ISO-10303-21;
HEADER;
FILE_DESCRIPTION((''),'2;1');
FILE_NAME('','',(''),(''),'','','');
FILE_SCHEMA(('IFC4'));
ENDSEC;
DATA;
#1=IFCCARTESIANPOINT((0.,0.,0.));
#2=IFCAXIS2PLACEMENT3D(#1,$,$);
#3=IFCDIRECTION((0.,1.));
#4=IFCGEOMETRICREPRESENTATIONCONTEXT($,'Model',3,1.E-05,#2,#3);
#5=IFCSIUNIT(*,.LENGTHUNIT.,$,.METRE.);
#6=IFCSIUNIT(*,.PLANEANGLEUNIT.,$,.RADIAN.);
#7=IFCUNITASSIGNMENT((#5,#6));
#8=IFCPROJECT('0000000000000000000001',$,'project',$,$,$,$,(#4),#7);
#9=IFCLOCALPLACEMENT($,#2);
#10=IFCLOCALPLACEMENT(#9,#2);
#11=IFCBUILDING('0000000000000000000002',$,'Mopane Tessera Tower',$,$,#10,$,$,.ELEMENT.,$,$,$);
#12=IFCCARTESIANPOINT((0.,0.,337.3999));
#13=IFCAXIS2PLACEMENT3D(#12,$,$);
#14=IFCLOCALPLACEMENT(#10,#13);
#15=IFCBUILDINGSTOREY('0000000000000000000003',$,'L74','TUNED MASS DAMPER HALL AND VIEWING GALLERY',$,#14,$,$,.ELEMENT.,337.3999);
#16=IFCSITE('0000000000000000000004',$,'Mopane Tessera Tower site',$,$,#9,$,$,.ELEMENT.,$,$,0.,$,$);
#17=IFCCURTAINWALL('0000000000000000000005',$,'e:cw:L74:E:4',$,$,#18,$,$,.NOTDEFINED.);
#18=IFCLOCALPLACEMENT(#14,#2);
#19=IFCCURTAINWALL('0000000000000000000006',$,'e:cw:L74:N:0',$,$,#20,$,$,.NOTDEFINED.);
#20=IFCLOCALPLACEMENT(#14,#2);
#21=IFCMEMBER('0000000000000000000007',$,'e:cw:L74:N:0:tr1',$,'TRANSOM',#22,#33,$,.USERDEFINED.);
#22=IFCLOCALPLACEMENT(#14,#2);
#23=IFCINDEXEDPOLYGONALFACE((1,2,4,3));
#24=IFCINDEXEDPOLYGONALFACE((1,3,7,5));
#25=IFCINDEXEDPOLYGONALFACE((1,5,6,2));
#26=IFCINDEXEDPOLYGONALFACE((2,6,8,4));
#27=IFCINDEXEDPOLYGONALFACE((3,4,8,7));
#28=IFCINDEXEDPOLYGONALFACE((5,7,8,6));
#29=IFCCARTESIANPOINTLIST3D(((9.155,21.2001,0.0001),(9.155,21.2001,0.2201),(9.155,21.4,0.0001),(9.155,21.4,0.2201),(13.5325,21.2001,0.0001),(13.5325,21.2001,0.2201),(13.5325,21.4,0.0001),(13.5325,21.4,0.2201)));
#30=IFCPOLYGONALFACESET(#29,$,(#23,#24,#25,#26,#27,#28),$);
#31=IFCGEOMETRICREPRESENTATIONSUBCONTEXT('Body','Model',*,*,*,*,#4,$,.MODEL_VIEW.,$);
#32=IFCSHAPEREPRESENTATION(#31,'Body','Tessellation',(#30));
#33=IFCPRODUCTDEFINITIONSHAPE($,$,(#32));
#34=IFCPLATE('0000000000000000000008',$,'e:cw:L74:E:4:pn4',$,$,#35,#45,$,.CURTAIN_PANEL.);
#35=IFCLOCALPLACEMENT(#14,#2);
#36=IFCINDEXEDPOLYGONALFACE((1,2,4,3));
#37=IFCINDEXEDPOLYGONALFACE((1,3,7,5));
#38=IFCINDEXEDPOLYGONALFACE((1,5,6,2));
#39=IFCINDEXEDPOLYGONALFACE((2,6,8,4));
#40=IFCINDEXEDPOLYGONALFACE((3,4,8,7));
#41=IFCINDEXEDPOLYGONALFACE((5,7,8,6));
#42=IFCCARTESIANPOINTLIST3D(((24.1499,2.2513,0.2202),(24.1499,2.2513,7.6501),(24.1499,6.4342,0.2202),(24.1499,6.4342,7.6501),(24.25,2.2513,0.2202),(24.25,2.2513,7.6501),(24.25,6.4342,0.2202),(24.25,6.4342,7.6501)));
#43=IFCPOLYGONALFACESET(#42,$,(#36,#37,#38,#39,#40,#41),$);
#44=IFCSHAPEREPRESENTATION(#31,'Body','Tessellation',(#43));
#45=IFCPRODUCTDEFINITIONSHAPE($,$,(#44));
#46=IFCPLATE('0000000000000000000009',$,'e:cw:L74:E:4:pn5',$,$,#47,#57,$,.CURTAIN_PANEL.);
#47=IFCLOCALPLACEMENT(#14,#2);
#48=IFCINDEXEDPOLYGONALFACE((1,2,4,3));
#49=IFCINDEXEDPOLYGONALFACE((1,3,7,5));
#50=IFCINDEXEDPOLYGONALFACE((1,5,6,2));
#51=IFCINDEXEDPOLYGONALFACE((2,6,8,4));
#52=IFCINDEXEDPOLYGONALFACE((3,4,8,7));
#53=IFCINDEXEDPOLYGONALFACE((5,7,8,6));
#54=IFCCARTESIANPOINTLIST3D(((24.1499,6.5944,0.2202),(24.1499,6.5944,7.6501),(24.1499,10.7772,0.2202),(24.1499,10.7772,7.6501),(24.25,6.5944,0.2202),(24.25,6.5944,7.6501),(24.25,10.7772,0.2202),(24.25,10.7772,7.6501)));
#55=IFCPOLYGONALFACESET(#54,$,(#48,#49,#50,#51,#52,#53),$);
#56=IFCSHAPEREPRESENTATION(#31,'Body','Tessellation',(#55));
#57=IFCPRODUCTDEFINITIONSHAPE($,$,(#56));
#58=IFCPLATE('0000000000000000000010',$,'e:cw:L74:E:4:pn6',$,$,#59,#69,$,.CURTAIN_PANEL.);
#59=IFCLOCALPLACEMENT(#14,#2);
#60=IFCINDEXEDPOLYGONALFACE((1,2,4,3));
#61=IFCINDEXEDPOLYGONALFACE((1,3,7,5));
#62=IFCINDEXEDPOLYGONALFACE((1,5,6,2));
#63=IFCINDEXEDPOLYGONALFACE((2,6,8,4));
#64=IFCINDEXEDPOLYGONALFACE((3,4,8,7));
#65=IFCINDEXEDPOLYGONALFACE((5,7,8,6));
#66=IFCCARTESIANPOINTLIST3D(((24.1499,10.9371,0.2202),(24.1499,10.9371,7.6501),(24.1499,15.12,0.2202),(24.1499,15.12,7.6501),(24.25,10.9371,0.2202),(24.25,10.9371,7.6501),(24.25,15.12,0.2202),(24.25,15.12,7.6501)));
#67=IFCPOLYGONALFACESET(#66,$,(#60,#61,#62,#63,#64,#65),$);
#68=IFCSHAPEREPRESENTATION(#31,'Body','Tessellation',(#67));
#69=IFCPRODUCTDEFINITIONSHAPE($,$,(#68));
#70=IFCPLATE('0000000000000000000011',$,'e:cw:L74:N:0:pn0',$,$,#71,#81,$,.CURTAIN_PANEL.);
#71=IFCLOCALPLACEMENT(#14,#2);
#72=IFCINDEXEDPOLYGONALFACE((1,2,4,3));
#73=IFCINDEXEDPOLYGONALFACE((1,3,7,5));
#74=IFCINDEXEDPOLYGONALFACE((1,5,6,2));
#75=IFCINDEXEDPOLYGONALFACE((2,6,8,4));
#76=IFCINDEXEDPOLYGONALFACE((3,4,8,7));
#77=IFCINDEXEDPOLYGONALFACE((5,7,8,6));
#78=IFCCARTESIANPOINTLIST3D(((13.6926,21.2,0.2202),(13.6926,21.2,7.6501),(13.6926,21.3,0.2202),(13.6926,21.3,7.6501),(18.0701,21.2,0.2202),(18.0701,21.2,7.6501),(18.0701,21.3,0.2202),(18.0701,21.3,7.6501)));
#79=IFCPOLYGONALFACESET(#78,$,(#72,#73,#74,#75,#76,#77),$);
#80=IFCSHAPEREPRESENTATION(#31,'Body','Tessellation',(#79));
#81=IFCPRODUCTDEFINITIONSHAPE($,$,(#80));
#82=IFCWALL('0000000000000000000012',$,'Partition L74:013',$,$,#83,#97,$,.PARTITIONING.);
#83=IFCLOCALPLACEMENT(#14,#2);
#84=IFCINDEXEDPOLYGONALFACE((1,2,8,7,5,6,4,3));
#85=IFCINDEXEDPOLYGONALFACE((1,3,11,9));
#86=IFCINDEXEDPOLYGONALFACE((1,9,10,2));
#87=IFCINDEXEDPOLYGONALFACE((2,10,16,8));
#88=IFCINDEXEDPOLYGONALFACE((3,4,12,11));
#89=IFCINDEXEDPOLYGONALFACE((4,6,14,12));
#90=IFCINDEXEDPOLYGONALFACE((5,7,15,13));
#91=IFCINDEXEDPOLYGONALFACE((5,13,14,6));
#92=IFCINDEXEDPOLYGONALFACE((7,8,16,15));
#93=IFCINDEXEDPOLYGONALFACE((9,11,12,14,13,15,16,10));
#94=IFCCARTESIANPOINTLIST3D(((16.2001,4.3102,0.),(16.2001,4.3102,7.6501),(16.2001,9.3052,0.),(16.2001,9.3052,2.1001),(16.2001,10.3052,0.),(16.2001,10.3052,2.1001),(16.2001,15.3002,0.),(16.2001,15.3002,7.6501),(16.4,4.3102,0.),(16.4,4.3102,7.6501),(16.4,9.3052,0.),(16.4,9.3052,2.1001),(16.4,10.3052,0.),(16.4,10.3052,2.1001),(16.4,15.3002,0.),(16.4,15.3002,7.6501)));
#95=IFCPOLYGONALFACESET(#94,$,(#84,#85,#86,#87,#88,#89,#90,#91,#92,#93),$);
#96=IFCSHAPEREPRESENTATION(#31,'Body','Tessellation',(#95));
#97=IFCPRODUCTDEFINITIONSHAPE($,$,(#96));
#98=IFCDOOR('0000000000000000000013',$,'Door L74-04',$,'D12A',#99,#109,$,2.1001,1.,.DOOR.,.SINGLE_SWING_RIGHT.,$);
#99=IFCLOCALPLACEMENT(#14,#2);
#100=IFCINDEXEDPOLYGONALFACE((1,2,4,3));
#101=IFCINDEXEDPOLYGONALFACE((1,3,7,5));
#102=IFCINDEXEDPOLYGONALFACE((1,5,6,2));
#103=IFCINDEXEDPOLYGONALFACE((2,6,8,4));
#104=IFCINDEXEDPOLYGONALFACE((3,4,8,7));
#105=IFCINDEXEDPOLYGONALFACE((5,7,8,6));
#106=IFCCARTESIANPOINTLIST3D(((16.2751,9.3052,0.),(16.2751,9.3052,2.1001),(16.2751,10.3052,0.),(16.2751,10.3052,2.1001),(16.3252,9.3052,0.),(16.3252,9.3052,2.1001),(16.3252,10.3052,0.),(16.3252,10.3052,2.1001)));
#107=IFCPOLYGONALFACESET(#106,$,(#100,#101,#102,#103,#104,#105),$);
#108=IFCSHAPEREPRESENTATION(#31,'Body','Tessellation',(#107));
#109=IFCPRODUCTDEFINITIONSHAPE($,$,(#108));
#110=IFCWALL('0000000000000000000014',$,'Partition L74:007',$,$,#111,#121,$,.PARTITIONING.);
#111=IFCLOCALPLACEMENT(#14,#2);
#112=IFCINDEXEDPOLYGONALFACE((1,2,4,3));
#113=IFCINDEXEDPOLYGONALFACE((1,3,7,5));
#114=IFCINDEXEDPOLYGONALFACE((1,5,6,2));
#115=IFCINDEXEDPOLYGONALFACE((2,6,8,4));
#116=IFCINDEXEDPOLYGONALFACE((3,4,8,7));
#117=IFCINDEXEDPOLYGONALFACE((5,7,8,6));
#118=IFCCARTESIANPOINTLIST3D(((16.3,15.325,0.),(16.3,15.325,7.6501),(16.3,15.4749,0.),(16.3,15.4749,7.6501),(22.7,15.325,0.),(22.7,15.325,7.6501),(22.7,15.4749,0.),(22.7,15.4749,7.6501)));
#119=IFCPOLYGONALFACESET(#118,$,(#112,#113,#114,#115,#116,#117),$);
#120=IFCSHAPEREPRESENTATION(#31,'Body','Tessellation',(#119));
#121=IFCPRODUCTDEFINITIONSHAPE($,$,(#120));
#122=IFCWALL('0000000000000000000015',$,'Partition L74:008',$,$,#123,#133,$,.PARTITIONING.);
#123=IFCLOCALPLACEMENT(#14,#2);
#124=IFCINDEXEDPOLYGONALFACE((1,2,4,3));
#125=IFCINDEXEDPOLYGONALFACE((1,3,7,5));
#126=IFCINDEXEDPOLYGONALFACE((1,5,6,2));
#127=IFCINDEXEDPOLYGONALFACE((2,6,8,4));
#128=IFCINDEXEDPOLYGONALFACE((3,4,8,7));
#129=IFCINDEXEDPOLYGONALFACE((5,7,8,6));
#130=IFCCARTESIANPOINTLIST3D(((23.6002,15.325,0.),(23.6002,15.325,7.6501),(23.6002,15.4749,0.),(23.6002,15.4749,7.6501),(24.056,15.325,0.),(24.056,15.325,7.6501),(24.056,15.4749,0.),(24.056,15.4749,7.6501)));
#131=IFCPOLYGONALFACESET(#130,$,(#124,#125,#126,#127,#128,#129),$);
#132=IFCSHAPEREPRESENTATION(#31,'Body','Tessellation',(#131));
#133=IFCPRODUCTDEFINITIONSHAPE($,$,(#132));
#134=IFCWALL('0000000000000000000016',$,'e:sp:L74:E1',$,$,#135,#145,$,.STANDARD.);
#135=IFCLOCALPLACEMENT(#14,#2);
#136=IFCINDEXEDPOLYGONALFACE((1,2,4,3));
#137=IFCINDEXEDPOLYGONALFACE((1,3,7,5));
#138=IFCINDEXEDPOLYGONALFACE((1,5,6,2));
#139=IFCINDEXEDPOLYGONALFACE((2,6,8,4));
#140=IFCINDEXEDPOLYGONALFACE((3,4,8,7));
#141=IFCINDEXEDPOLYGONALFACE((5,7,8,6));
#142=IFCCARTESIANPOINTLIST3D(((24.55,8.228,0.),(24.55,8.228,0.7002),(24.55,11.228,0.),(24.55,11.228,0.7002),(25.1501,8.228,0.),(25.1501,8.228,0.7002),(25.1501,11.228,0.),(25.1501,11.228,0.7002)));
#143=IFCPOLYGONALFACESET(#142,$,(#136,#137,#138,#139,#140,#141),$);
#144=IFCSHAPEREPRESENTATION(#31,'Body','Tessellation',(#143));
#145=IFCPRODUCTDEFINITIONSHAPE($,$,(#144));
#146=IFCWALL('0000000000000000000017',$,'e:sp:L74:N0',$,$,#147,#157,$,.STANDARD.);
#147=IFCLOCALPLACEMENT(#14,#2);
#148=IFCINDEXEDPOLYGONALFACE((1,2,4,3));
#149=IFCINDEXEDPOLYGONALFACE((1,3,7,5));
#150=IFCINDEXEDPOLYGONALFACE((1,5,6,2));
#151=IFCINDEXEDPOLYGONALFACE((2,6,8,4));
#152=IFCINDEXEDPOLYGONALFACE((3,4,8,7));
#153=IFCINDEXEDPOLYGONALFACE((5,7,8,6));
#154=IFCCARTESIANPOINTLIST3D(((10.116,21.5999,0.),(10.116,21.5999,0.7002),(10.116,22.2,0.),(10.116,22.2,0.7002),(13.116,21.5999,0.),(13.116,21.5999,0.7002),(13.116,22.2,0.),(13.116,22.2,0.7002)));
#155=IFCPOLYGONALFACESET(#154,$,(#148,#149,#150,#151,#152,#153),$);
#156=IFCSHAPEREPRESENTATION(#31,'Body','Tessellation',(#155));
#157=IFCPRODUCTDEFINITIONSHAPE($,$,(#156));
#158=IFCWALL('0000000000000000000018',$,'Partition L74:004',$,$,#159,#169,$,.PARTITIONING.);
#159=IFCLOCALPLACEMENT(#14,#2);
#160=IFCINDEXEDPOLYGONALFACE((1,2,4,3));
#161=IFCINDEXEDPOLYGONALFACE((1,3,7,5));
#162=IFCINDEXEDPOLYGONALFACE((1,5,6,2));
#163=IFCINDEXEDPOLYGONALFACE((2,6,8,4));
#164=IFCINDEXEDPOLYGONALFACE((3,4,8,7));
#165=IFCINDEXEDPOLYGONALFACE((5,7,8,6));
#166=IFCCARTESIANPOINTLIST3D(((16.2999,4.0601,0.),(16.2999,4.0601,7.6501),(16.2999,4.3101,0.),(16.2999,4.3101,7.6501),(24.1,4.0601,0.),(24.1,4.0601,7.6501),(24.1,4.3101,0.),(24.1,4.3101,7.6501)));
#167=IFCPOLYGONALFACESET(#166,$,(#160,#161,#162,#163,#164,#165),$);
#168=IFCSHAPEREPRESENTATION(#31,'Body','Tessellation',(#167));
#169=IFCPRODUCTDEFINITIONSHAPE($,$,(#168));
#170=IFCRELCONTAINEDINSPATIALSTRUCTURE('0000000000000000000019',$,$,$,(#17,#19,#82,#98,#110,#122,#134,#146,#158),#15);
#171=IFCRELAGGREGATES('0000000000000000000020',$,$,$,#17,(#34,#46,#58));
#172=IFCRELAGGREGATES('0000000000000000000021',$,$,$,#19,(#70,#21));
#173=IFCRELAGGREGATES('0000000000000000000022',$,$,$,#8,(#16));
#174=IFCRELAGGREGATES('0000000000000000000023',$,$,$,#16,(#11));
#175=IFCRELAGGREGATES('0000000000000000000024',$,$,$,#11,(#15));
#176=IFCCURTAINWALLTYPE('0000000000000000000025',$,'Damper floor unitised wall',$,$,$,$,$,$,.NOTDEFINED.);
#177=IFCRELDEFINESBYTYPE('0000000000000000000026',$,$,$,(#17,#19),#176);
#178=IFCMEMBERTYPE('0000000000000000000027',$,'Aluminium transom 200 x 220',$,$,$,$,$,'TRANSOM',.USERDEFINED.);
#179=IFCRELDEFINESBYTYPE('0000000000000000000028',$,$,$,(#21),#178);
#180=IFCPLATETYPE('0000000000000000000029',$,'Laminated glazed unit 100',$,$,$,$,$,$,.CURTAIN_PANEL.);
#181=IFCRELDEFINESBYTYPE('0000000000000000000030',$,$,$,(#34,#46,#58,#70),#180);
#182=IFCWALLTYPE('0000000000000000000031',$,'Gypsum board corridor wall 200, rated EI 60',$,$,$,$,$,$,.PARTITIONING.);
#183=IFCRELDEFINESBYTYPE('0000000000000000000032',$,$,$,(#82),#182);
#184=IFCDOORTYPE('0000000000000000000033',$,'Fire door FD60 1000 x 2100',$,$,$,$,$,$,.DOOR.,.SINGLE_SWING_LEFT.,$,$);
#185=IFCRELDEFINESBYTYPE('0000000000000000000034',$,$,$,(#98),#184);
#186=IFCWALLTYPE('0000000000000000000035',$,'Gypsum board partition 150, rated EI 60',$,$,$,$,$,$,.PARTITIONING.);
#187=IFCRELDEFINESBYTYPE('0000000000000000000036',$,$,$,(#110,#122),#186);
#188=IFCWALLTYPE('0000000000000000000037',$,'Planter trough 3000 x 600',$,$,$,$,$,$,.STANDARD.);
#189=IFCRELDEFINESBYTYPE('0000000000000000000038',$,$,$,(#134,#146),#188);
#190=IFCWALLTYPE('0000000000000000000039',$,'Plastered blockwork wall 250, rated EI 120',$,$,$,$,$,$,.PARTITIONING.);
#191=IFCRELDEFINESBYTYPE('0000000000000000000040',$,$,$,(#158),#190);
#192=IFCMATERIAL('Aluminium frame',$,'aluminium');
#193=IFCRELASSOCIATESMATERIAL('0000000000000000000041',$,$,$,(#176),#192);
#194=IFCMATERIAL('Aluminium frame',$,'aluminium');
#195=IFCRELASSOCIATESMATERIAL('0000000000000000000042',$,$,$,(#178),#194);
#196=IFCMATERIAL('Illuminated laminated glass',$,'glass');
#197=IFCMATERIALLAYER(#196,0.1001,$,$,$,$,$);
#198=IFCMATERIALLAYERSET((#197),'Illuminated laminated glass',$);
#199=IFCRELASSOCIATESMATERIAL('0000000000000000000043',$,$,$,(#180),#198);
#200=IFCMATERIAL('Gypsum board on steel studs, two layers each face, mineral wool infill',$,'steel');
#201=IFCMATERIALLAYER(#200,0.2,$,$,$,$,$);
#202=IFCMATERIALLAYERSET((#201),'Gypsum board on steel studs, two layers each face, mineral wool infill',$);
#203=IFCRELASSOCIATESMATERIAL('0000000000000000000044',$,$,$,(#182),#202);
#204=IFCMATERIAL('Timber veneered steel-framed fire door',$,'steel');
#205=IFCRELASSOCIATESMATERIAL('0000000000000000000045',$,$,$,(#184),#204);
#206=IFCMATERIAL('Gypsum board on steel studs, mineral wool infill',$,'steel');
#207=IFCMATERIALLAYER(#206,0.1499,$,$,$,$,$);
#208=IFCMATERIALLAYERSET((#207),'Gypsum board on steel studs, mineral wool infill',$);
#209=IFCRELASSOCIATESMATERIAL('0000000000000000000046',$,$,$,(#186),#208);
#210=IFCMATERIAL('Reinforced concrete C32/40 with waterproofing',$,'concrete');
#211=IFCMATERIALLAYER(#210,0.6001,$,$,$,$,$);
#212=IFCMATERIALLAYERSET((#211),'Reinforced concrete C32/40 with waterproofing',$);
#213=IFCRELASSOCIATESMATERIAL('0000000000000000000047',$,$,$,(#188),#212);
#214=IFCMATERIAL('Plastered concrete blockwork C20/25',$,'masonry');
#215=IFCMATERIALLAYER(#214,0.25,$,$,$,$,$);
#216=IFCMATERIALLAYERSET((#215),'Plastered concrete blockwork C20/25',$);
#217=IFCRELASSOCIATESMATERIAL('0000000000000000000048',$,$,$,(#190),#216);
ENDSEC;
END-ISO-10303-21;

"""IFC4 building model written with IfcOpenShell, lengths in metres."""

from ifc_helpers import new_model, si_unit, direction, frame, frame_2d, origin, origin_2d, place, context, subcontext, project, spatial, rectangle, extrude, material, layer, layer_set, material_profile, profile_set, type_object, element, fill, aggregate, save


model = new_model("IFC4")

# Units and contexts
model_context = context("Model", 3, precision=1e-05, world=origin(), true_north=direction((0.0, 1.0)))
body_context = subcontext(model_context, "Body", "Model", "MODEL_VIEW")
ifc_project = project(units=[si_unit("LENGTHUNIT", "METRE"), si_unit("PLANEANGLEUNIT", "RADIAN")], contexts=[model_context])

# Site, building, storey
site_placement = place(None, origin())
site = spatial("IfcSite", under=ifc_project, at=site_placement, Name="Mopane Tessera Tower site", CompositionType="ELEMENT", RefElevation=0.0)
building_placement = place(site_placement, origin())
building = spatial("IfcBuilding", under=site, at=building_placement, Name="Mopane Tessera Tower", CompositionType="ELEMENT")
storey_placement = place(building_placement, frame((0.0, 0.0, 337.3999)))
storey = spatial("IfcBuildingStorey", under=building, at=storey_placement, Name="L74", Description="TUNED MASS DAMPER HALL AND VIEWING GALLERY", CompositionType="ELEMENT", Elevation=337.3999)

# Curtain walls
ifc_material_1 = material(Name="Aluminium frame", Category="aluminium")
curtain_wall_type = type_object("IfcCurtainWallType", Name="Damper floor unitised wall", PredefinedType="NOTDEFINED", material=ifc_material_1)
curtain_wall_1_placement = place(storey_placement, origin())
curtain_wall_1 = element("IfcCurtainWall", 1, at=curtain_wall_1_placement, inside=storey, type_object=curtain_wall_type, Name="e:cw:L74:E:4", PredefinedType="NOTDEFINED")
curtain_wall_2_placement = place(storey_placement, origin())
curtain_wall_2 = element("IfcCurtainWall", 2, at=curtain_wall_2_placement, inside=storey, type_object=curtain_wall_type, Name="e:cw:L74:N:0", PredefinedType="NOTDEFINED")

# Member
ifc_material_2 = material(Name="Aluminium frame", Category="aluminium")
ifc_material_profile_1 = material_profile(ifc_material_2, rectangle(XDim=0.2, YDim=0.22, at=origin_2d()))
ifc_profile_set_1 = profile_set([ifc_material_profile_1], Name="Aluminium frame")
member_type_1 = type_object("IfcMemberType", Name="Aluminium transom 200 x 220", ElementType="TRANSOM", PredefinedType="USERDEFINED", material=ifc_profile_set_1)
member_1_placement = place(storey_placement, frame((13.5325, 21.3, 0.1101), z_axis=(-1.0, 0.0, 0.0), x_axis=(0.0, -1.0, 0.0)))
member_1 = element("IfcMember", 3, at=member_1_placement, type_object=member_type_1, Name="e:cw:L74:N:0:tr1", ObjectType="TRANSOM", PredefinedType="USERDEFINED", context=body_context, shape_type="SweptSolid", body=[
    extrude(rectangle(XDim=0.2, YDim=0.22, at=origin_2d()), origin(), (0.0, 0.0, 1.0), 4.3774),
])

# Plates
ifc_material_3 = material(Name="Illuminated laminated glass", Category="glass")
ifc_layer_1 = layer(ifc_material_3, 0.1001)
ifc_layer_set_1 = layer_set([ifc_layer_1], Name="Illuminated laminated glass")
plate_type = type_object("IfcPlateType", Name="Laminated glazed unit 100", PredefinedType="CURTAIN_PANEL", material=ifc_layer_set_1)
plate_1_placement = place(storey_placement, frame((24.2, 4.3428, 0.2202), z_axis=(0.0, 0.0, 1.0), x_axis=(0.0, 1.0, 0.0)))
plate_1 = element("IfcPlate", 4, at=plate_1_placement, type_object=plate_type, Name="e:cw:L74:E:4:pn4", PredefinedType="CURTAIN_PANEL", context=body_context, shape_type="SweptSolid", body=[
    extrude(rectangle(XDim=4.1829, YDim=0.1001, at=origin_2d()), origin(), (0.0, 0.0, 1.0), 7.4299),
])
plate_2_placement = place(storey_placement, frame((24.2, 8.6858, 0.2202), z_axis=(0.0, 0.0, 1.0), x_axis=(0.0, 1.0, 0.0)))
plate_2 = element("IfcPlate", 5, at=plate_2_placement, type_object=plate_type, Name="e:cw:L74:E:4:pn5", PredefinedType="CURTAIN_PANEL", context=body_context, shape_type="SweptSolid", body=[
    extrude(rectangle(XDim=4.1829, YDim=0.1001, at=origin_2d()), origin(), (0.0, 0.0, 1.0), 7.4299),
])
plate_3_placement = place(storey_placement, frame((24.2, 13.0286, 0.2202), z_axis=(0.0, 0.0, 1.0), x_axis=(0.0, 1.0, 0.0)))
plate_3 = element("IfcPlate", 6, at=plate_3_placement, type_object=plate_type, Name="e:cw:L74:E:4:pn6", PredefinedType="CURTAIN_PANEL", context=body_context, shape_type="SweptSolid", body=[
    extrude(rectangle(XDim=4.1829, YDim=0.1001, at=origin_2d()), origin(), (0.0, 0.0, 1.0), 7.4299),
])
aggregate(curtain_wall_1, [plate_1, plate_2, plate_3])
plate_4_placement = place(storey_placement, frame((15.8813, 21.25, 0.2202), z_axis=(0.0, 0.0, 1.0), x_axis=(-1.0, 0.0, 0.0)))
plate_4 = element("IfcPlate", 7, at=plate_4_placement, type_object=plate_type, Name="e:cw:L74:N:0:pn0", PredefinedType="CURTAIN_PANEL", context=body_context, shape_type="SweptSolid", body=[
    extrude(rectangle(XDim=4.3774, YDim=0.1001, at=origin_2d()), origin(), (0.0, 0.0, 1.0), 7.4299),
])
aggregate(curtain_wall_2, [plate_4, member_1])

# Wall, opening, door
ifc_material_4 = material(Name="Gypsum board on steel studs, two layers each face, mineral wool infill", Category="steel")
ifc_layer_2 = layer(ifc_material_4, 0.2)
ifc_layer_set_2 = layer_set([ifc_layer_2], Name="Gypsum board on steel studs, two layers each face, mineral wool infill")
wall_type_1 = type_object("IfcWallType", Name="Gypsum board corridor wall 200, rated EI 60", PredefinedType="PARTITIONING", material=ifc_layer_set_2)
wall_1_placement = place(storey_placement, frame((16.3, 4.3101, 0.0), z_axis=(0.0, 0.0, 1.0), x_axis=(0.0, 1.0, 0.0)))
wall_1 = element("IfcWall", 8, at=wall_1_placement, inside=storey, type_object=wall_type_1, Name="Partition L74:013", PredefinedType="PARTITIONING", context=body_context, shape_type="SweptSolid", body=[
    extrude(rectangle(XDim=10.99, YDim=0.2, at=frame_2d((5.4951, 0.0))), origin(), (0.0, 0.0, 1.0), 7.6501),
])
opening_placement = place(wall_1_placement, frame((4.9951, 0.0, 0.0)))
opening = element("IfcOpeningElement", 9, at=opening_placement, cuts=wall_1, PredefinedType="OPENING", context=body_context, shape_type="SweptSolid", body=[
    extrude(rectangle(XDim=1.0, YDim=2.1001, at=frame_2d((0.5, 1.05))), frame((0.0, 0.1121, 0.0), z_axis=(0.0, -1.0, 0.0), x_axis=(1.0, 0.0, 0.0)), (0.0, 0.0, 1.0), 0.2239),
])
ifc_material_5 = material(Name="Timber veneered steel-framed fire door", Category="steel")
door_type = type_object("IfcDoorType", Name="Fire door FD60 1000 x 2100", OperationType="SINGLE_SWING_LEFT", PredefinedType="DOOR", material=ifc_material_5)
door_placement = place(opening_placement, origin())
door = element("IfcDoor", 10, at=door_placement, inside=storey, type_object=door_type, Name="Door L74-04", ObjectType="D12A", OperationType="SINGLE_SWING_RIGHT", OverallHeight=2.1001, OverallWidth=1.0, PredefinedType="DOOR", context=body_context, shape_type="SweptSolid", body=[
    extrude(rectangle(XDim=1.0, YDim=2.1001, at=frame_2d((0.5, 1.05))), frame((0.0, 0.0249, 0.0), z_axis=(0.0, -1.0, 0.0), x_axis=(1.0, 0.0, 0.0)), (0.0, 0.0, 1.0), 0.05),
])
fill(opening, door)

# Walls
ifc_material_6 = material(Name="Gypsum board on steel studs, mineral wool infill", Category="steel")
ifc_layer_3 = layer(ifc_material_6, 0.1499)
ifc_layer_set_3 = layer_set([ifc_layer_3], Name="Gypsum board on steel studs, mineral wool infill")
wall_type_2 = type_object("IfcWallType", Name="Gypsum board partition 150, rated EI 60", PredefinedType="PARTITIONING", material=ifc_layer_set_3)
wall_2_placement = place(storey_placement, frame((16.3, 15.3999, 0.0), z_axis=(0.0, 0.0, 1.0), x_axis=(1.0, 0.0, 0.0)))
element("IfcWall", 11, at=wall_2_placement, inside=storey, type_object=wall_type_2, Name="Partition L74:007", PredefinedType="PARTITIONING", context=body_context, shape_type="SweptSolid", body=[
    extrude(rectangle(XDim=6.3999, YDim=0.1499, at=frame_2d((3.2, 0.0))), origin(), (0.0, 0.0, 1.0), 7.6501),
])
wall_3_placement = place(storey_placement, frame((23.6001, 15.3999, 0.0), z_axis=(0.0, 0.0, 1.0), x_axis=(1.0, 0.0, 0.0)))
element("IfcWall", 12, at=wall_3_placement, inside=storey, type_object=wall_type_2, Name="Partition L74:008", PredefinedType="PARTITIONING", context=body_context, shape_type="SweptSolid", body=[
    extrude(rectangle(XDim=0.4558, YDim=0.1499, at=frame_2d((0.228, 0.0))), origin(), (0.0, 0.0, 1.0), 7.6501),
])
ifc_material_7 = material(Name="Reinforced concrete C32/40 with waterproofing", Category="concrete")
ifc_layer_4 = layer(ifc_material_7, 0.6001)
ifc_layer_set_4 = layer_set([ifc_layer_4], Name="Reinforced concrete C32/40 with waterproofing")
wall_type_3 = type_object("IfcWallType", Name="Planter trough 3000 x 600", PredefinedType="STANDARD", material=ifc_layer_set_4)
for number, where, z_axis, x_axis, name in (
    (13, (24.8501, 8.228, 0.0), (0.0, 0.0, 1.0), (0.0, 1.0, 0.0), "e:sp:L74:E1"),
    (14, (13.116, 21.8999, 0.0), (0.0, 0.0, 1.0), (-1.0, 0.0, 0.0), "e:sp:L74:N0"),
):
    element("IfcWall", number, at=place(storey_placement, frame(where, z_axis=z_axis, x_axis=x_axis)), inside=storey, type_object=wall_type_3, Name=name, PredefinedType="STANDARD", context=body_context, shape_type="SweptSolid", body=[
        extrude(rectangle(XDim=3.0, YDim=0.6001, at=frame_2d((1.5, 0.0))), origin(), (0.0, 0.0, 1.0), 0.7002),
    ])
ifc_material_8 = material(Name="Plastered concrete blockwork C20/25", Category="masonry")
ifc_layer_5 = layer(ifc_material_8, 0.25)
ifc_layer_set_5 = layer_set([ifc_layer_5], Name="Plastered concrete blockwork C20/25")
wall_type_4 = type_object("IfcWallType", Name="Plastered blockwork wall 250, rated EI 120", PredefinedType="PARTITIONING", material=ifc_layer_set_5)
wall_4_placement = place(storey_placement, frame((16.3, 4.1851, 0.0), z_axis=(0.0, 0.0, 1.0), x_axis=(1.0, 0.0, 0.0)))
element("IfcWall", 15, at=wall_4_placement, inside=storey, type_object=wall_type_4, Name="Partition L74:004", PredefinedType="PARTITIONING", context=body_context, shape_type="SweptSolid", body=[
    extrude(rectangle(XDim=7.8, YDim=0.25, at=frame_2d((3.8999, 0.0))), origin(), (0.0, 0.0, 1.0), 7.6501),
])

save(model, "model.ifc")
